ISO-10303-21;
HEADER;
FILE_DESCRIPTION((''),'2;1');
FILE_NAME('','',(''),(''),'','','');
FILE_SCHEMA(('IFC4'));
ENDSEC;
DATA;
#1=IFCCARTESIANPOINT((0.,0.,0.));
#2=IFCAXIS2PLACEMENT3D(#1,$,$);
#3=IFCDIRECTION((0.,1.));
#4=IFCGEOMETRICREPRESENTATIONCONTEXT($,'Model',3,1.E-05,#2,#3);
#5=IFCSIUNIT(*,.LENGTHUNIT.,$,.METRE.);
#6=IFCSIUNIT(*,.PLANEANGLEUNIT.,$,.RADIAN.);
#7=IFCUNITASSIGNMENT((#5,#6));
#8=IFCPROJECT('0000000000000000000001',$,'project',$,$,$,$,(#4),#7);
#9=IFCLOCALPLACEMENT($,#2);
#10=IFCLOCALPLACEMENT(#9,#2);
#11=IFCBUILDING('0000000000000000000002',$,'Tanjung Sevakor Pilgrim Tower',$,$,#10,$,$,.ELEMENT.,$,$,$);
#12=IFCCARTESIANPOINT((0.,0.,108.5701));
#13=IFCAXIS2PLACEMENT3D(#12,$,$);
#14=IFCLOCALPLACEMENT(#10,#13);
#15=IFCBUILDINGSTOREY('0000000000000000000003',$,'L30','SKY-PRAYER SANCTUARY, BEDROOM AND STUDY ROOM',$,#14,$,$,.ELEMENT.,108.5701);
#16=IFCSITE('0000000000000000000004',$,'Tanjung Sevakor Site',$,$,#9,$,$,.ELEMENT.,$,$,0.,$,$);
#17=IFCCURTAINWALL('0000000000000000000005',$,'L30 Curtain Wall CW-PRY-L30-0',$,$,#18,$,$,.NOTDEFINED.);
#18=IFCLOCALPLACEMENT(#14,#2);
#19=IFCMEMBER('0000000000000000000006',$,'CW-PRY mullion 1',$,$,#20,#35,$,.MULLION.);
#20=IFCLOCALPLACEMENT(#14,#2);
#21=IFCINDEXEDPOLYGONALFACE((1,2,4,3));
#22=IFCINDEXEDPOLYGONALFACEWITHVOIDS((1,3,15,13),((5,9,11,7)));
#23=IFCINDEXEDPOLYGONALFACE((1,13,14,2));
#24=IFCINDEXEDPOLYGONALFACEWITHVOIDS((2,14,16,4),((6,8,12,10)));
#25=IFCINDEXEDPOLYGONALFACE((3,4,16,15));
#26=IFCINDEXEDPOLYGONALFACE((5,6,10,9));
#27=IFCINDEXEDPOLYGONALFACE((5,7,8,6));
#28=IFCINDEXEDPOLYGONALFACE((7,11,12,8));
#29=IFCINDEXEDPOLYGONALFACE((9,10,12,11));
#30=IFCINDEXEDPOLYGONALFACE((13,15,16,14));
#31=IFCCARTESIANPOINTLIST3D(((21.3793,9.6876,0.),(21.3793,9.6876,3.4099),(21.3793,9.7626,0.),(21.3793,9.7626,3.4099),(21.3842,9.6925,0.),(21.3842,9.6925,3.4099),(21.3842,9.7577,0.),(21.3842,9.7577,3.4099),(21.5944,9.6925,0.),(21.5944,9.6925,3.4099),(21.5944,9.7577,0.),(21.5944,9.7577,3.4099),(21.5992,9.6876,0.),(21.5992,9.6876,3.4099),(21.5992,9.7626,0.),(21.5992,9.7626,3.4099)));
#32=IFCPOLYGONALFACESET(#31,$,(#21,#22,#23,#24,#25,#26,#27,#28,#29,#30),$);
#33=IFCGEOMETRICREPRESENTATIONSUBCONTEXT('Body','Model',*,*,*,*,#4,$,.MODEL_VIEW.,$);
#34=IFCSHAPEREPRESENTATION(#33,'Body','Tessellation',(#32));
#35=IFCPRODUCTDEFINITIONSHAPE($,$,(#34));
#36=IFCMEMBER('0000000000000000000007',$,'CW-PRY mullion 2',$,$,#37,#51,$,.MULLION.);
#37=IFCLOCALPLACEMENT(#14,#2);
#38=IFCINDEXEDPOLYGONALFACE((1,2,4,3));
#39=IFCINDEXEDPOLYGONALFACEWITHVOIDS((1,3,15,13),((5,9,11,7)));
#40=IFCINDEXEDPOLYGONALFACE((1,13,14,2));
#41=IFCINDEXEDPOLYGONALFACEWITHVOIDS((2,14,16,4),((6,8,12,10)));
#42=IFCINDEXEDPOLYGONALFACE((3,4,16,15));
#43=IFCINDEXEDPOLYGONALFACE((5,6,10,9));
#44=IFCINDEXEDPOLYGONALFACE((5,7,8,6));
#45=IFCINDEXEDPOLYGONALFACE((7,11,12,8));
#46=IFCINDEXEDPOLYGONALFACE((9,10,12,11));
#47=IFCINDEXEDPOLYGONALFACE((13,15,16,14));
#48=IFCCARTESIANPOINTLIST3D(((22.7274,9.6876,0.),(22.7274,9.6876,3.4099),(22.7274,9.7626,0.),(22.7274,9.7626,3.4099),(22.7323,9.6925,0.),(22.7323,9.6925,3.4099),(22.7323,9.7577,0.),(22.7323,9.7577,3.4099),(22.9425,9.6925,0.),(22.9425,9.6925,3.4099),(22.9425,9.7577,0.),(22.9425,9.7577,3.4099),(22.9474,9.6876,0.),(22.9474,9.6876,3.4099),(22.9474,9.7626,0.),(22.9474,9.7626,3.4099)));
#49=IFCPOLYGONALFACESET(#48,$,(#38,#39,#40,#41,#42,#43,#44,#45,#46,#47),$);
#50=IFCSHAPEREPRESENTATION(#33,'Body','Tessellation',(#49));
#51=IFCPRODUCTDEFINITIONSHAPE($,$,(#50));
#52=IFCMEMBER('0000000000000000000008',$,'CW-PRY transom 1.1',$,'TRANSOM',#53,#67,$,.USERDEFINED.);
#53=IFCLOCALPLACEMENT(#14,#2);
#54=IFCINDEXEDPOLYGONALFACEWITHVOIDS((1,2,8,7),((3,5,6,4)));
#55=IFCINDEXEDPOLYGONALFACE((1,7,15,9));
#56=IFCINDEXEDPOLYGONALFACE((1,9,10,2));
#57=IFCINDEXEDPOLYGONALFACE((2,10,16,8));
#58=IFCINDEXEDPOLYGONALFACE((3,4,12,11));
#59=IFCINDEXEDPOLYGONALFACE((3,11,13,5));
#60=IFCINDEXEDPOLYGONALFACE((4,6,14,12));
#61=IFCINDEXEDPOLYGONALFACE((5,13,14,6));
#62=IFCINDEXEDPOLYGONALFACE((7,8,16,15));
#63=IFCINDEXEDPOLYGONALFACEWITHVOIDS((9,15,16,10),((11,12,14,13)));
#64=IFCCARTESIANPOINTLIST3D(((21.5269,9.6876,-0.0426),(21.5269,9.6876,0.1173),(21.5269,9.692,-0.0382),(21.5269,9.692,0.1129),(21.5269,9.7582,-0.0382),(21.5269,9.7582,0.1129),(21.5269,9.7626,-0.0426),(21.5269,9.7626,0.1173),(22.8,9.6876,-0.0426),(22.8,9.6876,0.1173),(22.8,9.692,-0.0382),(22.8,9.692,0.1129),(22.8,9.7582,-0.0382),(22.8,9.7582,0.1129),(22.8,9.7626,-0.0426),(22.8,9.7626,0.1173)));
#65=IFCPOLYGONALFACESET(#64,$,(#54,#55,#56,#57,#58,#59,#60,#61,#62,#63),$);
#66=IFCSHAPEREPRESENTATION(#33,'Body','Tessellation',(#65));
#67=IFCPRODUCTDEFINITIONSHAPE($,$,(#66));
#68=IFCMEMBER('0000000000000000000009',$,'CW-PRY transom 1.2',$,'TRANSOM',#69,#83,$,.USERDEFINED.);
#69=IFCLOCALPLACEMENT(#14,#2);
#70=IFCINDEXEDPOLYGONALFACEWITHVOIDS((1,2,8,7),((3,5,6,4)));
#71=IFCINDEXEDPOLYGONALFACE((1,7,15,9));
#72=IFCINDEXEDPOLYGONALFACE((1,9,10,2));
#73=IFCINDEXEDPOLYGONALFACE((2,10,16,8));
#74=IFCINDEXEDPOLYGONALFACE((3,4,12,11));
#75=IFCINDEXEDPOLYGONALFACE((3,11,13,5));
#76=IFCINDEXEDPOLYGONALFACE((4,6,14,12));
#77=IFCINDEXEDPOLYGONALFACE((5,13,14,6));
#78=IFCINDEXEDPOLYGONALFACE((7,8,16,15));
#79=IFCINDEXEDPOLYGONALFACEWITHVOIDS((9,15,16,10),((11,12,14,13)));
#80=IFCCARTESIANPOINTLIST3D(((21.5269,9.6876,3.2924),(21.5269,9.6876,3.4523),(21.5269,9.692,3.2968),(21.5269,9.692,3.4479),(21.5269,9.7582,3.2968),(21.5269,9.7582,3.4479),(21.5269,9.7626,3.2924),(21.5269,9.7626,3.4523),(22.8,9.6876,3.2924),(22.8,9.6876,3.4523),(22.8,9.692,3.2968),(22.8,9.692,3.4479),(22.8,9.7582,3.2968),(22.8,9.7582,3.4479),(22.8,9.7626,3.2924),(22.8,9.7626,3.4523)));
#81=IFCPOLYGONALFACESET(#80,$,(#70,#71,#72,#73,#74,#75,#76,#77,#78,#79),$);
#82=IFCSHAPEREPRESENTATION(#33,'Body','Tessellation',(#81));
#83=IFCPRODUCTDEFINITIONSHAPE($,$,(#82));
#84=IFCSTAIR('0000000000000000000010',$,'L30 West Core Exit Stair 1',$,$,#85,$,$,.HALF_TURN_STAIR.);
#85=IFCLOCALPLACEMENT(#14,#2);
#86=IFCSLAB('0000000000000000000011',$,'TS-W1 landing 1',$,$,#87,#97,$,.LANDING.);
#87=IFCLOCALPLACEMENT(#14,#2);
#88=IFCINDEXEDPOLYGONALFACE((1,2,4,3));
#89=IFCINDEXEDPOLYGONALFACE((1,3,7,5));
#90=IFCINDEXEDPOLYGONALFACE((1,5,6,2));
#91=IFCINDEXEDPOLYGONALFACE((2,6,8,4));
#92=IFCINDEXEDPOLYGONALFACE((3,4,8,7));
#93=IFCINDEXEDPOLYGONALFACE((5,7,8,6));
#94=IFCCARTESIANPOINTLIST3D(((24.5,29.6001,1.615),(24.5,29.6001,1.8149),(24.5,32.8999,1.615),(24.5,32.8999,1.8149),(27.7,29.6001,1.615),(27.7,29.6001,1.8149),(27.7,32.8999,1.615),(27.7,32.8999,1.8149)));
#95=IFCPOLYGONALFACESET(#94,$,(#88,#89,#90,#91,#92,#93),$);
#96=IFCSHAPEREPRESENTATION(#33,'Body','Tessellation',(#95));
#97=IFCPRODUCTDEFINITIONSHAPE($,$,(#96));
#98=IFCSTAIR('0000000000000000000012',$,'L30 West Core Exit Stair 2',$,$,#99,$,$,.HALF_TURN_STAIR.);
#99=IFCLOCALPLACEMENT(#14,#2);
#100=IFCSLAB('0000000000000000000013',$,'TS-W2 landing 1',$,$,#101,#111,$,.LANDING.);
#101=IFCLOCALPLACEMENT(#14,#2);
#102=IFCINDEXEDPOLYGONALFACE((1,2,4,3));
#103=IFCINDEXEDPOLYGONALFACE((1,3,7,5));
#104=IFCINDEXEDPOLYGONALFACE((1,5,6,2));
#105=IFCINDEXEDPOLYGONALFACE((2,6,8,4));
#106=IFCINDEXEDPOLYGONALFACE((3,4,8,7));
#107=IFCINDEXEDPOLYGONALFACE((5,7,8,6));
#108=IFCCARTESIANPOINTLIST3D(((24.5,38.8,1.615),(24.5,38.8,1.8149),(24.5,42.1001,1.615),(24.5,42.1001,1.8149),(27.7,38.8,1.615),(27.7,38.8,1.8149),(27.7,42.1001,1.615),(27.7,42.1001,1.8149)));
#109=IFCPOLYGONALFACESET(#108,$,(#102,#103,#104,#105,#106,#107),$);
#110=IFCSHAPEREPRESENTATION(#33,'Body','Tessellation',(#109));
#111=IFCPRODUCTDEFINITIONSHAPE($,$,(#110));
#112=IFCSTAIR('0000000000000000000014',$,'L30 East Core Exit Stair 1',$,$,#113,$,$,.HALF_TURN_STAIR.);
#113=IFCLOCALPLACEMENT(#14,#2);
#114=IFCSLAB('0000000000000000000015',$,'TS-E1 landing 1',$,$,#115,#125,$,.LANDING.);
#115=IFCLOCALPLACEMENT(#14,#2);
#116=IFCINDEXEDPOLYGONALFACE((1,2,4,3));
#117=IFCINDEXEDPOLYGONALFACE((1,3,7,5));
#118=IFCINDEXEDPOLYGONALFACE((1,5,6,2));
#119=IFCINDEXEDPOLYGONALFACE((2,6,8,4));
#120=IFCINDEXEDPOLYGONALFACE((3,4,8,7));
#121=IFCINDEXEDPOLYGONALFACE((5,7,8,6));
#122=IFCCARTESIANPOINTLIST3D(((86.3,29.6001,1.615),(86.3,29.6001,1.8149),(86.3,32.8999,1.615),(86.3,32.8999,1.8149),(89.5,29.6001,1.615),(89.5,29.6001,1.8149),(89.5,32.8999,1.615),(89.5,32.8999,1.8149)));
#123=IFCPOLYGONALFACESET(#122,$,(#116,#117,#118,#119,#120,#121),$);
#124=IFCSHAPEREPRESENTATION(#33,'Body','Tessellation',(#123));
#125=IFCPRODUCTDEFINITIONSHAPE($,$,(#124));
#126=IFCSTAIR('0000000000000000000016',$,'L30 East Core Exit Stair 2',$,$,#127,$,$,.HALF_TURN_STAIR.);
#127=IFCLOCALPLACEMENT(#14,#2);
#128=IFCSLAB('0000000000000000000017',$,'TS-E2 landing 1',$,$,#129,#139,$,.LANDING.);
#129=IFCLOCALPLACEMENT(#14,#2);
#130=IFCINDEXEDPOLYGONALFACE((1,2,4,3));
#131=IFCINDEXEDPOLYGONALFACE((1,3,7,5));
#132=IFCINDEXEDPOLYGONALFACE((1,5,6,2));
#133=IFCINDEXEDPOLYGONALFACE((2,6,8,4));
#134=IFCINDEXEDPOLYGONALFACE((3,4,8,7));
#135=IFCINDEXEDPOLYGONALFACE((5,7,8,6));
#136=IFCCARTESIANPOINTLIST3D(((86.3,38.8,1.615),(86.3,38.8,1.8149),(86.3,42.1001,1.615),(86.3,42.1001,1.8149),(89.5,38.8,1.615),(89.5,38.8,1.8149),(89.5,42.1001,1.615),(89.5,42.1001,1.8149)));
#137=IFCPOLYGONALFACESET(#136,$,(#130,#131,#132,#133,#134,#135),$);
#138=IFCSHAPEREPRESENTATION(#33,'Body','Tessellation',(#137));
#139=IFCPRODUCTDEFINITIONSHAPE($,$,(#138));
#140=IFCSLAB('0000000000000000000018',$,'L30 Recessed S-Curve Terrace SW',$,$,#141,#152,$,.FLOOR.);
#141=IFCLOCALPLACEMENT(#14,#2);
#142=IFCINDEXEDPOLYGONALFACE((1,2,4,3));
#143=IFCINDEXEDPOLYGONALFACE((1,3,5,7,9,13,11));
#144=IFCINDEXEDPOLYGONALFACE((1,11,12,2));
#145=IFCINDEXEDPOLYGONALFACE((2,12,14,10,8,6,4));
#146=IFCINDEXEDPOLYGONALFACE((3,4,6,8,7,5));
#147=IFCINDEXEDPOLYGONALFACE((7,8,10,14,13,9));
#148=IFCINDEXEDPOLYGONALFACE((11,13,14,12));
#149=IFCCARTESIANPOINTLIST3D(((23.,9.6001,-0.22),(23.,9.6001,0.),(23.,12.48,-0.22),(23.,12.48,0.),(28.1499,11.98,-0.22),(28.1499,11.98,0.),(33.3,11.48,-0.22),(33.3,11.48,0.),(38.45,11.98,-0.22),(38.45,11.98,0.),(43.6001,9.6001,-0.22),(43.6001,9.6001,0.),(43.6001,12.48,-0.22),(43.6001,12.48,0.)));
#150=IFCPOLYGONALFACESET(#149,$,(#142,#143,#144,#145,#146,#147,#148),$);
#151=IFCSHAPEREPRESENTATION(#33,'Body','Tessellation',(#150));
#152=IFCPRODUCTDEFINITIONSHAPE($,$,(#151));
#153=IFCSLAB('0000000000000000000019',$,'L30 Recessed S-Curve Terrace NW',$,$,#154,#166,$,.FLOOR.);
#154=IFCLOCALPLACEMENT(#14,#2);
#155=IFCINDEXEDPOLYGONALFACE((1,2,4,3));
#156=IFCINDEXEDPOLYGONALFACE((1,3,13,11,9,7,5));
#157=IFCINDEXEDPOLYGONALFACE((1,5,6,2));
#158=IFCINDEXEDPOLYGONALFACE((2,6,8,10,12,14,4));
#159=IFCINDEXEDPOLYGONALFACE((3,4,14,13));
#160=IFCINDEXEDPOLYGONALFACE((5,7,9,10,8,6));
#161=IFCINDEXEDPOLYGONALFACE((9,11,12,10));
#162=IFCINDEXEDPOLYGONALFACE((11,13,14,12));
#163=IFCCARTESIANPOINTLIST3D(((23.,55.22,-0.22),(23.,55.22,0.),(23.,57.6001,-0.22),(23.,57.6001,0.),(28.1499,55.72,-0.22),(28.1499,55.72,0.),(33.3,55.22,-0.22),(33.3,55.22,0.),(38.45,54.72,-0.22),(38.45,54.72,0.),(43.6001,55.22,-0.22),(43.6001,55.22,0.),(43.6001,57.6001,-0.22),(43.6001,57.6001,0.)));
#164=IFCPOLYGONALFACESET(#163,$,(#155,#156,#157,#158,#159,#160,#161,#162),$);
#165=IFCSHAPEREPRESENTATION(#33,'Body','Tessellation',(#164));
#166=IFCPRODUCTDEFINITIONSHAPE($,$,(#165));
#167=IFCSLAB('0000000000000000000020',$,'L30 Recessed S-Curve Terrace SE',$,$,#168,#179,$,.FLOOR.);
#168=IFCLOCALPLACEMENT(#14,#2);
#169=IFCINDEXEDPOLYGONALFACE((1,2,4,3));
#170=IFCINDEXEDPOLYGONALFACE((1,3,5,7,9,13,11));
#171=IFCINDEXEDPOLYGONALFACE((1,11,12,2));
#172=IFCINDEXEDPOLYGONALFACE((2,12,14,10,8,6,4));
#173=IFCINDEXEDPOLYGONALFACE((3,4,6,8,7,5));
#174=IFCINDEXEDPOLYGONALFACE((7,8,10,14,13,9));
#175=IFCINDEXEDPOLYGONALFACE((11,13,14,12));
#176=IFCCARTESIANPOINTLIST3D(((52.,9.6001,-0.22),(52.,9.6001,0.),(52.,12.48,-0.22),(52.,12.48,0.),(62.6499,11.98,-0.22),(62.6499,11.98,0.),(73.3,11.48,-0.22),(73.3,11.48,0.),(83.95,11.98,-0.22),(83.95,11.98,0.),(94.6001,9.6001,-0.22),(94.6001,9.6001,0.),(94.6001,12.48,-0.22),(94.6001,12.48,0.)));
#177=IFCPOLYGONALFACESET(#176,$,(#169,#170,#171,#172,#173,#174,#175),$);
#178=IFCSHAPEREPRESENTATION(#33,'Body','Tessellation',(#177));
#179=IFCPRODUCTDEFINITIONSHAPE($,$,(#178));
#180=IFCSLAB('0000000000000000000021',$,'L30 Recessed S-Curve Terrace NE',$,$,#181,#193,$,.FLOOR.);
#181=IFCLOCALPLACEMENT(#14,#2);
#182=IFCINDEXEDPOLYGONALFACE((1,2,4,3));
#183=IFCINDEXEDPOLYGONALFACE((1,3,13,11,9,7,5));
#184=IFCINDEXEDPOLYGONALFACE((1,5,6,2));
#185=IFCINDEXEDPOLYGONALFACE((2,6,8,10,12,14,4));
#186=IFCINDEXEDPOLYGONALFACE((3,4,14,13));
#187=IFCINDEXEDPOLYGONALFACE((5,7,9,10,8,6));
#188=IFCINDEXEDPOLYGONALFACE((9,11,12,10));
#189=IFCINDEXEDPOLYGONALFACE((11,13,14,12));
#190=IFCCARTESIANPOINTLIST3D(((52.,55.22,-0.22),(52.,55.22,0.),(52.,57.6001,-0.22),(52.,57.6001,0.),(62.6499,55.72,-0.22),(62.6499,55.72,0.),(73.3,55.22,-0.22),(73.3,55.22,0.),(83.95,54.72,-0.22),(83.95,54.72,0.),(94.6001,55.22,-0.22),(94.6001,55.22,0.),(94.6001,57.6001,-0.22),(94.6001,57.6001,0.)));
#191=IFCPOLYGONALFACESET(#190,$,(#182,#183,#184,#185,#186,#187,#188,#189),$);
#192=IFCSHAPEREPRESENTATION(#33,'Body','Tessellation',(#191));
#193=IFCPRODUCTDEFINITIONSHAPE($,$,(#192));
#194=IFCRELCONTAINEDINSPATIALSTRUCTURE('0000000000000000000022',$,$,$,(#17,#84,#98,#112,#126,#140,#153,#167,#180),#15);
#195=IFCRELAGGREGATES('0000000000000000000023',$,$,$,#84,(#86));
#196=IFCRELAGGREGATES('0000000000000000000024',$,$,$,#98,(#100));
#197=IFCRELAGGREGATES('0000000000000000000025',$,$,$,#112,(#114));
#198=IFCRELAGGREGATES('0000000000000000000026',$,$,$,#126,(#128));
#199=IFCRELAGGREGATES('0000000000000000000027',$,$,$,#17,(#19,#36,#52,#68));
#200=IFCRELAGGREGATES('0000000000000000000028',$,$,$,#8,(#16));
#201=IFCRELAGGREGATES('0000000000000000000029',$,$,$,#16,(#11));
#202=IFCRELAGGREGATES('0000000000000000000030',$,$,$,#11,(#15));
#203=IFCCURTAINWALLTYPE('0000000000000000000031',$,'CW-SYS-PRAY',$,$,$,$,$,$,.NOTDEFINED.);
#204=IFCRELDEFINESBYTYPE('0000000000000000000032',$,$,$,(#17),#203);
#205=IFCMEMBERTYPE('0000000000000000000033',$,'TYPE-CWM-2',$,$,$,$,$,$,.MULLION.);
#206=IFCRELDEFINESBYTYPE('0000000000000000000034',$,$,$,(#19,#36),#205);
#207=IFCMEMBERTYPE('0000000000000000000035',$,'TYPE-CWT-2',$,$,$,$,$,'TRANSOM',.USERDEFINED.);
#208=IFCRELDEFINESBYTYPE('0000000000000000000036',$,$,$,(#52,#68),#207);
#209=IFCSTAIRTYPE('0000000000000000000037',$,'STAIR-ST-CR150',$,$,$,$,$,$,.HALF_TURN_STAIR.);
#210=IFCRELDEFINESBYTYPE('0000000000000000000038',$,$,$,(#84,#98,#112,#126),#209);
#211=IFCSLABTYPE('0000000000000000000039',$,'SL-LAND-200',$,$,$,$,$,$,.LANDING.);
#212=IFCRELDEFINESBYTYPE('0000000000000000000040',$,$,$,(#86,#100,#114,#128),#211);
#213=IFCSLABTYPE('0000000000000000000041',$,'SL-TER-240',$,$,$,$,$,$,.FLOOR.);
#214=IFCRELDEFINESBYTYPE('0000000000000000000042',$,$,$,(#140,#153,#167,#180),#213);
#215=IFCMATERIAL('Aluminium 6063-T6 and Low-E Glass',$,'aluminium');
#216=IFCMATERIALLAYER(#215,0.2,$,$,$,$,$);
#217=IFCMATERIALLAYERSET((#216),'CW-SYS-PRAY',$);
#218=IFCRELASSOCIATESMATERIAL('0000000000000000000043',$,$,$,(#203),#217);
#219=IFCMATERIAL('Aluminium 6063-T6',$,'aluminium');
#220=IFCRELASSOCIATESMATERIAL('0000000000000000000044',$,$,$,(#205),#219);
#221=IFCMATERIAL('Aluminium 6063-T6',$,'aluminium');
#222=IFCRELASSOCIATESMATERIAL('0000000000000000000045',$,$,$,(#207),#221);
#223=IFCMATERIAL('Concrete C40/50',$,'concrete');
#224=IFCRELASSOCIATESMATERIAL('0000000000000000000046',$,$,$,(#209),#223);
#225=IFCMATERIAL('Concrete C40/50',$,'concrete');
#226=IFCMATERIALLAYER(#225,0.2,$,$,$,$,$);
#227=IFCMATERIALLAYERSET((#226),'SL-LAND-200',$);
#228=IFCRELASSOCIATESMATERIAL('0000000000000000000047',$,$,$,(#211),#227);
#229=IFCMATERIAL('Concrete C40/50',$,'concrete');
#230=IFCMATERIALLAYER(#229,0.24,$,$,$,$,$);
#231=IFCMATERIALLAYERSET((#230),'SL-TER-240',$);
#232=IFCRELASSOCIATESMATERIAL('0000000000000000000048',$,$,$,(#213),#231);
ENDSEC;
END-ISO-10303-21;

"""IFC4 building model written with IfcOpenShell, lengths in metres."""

from ifc_helpers import new_model, si_unit, direction, frame, origin, origin_2d, place, context, subcontext, project, spatial, polyline, hollow_rectangle, outline, extrude, material, layer, layer_set, material_profile, profile_set, type_object, element, aggregate, save


model = new_model("IFC4")

# Units and contexts
model_context = context("Model", 3, precision=1e-05, world=origin(), true_north=direction((0.0, 1.0)))
body_context = subcontext(model_context, "Body", "Model", "MODEL_VIEW")
ifc_project = project(units=[si_unit("LENGTHUNIT", "METRE"), si_unit("PLANEANGLEUNIT", "RADIAN")], contexts=[model_context])

# Site, building, storey
site_placement = place(None, origin())
site = spatial("IfcSite", under=ifc_project, at=site_placement, Name="Tanjung Sevakor Site", CompositionType="ELEMENT", RefElevation=0.0)
building_placement = place(site_placement, origin())
building = spatial("IfcBuilding", under=site, at=building_placement, Name="Tanjung Sevakor Pilgrim Tower", CompositionType="ELEMENT")
storey_placement = place(building_placement, frame((0.0, 0.0, 108.5701)))
storey = spatial("IfcBuildingStorey", under=building, at=storey_placement, Name="L30", Description="SKY-PRAYER SANCTUARY, BEDROOM AND STUDY ROOM", CompositionType="ELEMENT", Elevation=108.5701)

# Curtain wall, members
ifc_material_1 = material(Name="Aluminium 6063-T6 and Low-E Glass", Category="aluminium")
ifc_layer_1 = layer(ifc_material_1, 0.2)
ifc_layer_set_1 = layer_set([ifc_layer_1], Name="CW-SYS-PRAY")
curtain_wall_type = type_object("IfcCurtainWallType", Name="CW-SYS-PRAY", PredefinedType="NOTDEFINED", material=ifc_layer_set_1)
curtain_wall_placement = place(storey_placement, origin())
curtain_wall = element("IfcCurtainWall", 1, at=curtain_wall_placement, inside=storey, type_object=curtain_wall_type, Name="L30 Curtain Wall CW-PRY-L30-0", PredefinedType="NOTDEFINED")
ifc_material_2 = material(Name="Aluminium 6063-T6", Category="aluminium")
ifc_material_profile_1 = material_profile(ifc_material_2, hollow_rectangle(XDim=0.075, YDim=0.22, WallThickness=0.0049, at=origin_2d()))
ifc_profile_set_1 = profile_set([ifc_material_profile_1], Name="Aluminium 6063-T6")
member_type_1 = type_object("IfcMemberType", Name="TYPE-CWM-2", PredefinedType="MULLION", material=ifc_profile_set_1)
member_1_placement = place(storey_placement, frame((21.4893, 9.7251, 0.0), z_axis=(0.0, 0.0, 1.0), x_axis=(0.0, 1.0, 0.0)))
member_1 = element("IfcMember", 2, at=member_1_placement, type_object=member_type_1, Name="CW-PRY mullion 1", PredefinedType="MULLION", context=body_context, shape_type="SweptSolid", body=[
    extrude(hollow_rectangle(XDim=0.075, YDim=0.22, WallThickness=0.0049, at=origin_2d()), origin(), (0.0, 0.0, 1.0), 3.4099),
])
member_2_placement = place(storey_placement, frame((22.8374, 9.7251, 0.0), z_axis=(0.0, 0.0, 1.0), x_axis=(0.0, 1.0, 0.0)))
member_2 = element("IfcMember", 3, at=member_2_placement, type_object=member_type_1, Name="CW-PRY mullion 2", PredefinedType="MULLION", context=body_context, shape_type="SweptSolid", body=[
    extrude(hollow_rectangle(XDim=0.075, YDim=0.22, WallThickness=0.0049, at=origin_2d()), origin(), (0.0, 0.0, 1.0), 3.4099),
])
ifc_material_3 = material(Name="Aluminium 6063-T6", Category="aluminium")
ifc_material_profile_2 = material_profile(ifc_material_3, hollow_rectangle(XDim=0.075, YDim=0.1599, WallThickness=0.0044, at=origin_2d()))
ifc_profile_set_2 = profile_set([ifc_material_profile_2], Name="Aluminium 6063-T6")
member_type_2 = type_object("IfcMemberType", Name="TYPE-CWT-2", ElementType="TRANSOM", PredefinedType="USERDEFINED", material=ifc_profile_set_2)
member_3_placement = place(storey_placement, frame((21.5269, 9.7251, 0.0374), z_axis=(1.0, 0.0, 0.0), x_axis=(0.0, 1.0, 0.0)))
member_3 = element("IfcMember", 4, at=member_3_placement, type_object=member_type_2, Name="CW-PRY transom 1.1", ObjectType="TRANSOM", PredefinedType="USERDEFINED", context=body_context, shape_type="SweptSolid", body=[
    extrude(hollow_rectangle(XDim=0.075, YDim=0.1599, WallThickness=0.0044, at=origin_2d()), origin(), (0.0, 0.0, 1.0), 1.2732),
])
member_4_placement = place(storey_placement, frame((21.5269, 9.7251, 3.3723), z_axis=(1.0, 0.0, 0.0), x_axis=(0.0, 1.0, 0.0)))
member_4 = element("IfcMember", 5, at=member_4_placement, type_object=member_type_2, Name="CW-PRY transom 1.2", ObjectType="TRANSOM", PredefinedType="USERDEFINED", context=body_context, shape_type="SweptSolid", body=[
    extrude(hollow_rectangle(XDim=0.075, YDim=0.1599, WallThickness=0.0044, at=origin_2d()), origin(), (0.0, 0.0, 1.0), 1.2732),
])

# Stairs, slabs
ifc_material_4 = material(Name="Concrete C40/50", Category="concrete")
stair_type = type_object("IfcStairType", Name="STAIR-ST-CR150", PredefinedType="HALF_TURN_STAIR", material=ifc_material_4)
stair_1_placement = place(storey_placement, origin())
stair_1 = element("IfcStair", 6, at=stair_1_placement, inside=storey, type_object=stair_type, Name="L30 West Core Exit Stair 1", PredefinedType="HALF_TURN_STAIR")
ifc_material_5 = material(Name="Concrete C40/50", Category="concrete")
ifc_layer_2 = layer(ifc_material_5, 0.2)
ifc_layer_set_2 = layer_set([ifc_layer_2], Name="SL-LAND-200")
slab_type_1 = type_object("IfcSlabType", Name="SL-LAND-200", PredefinedType="LANDING", material=ifc_layer_set_2)
slab_1_placement = place(storey_placement, frame((0.0, 0.0, 1.615)))
slab_1 = element("IfcSlab", 7, at=slab_1_placement, type_object=slab_type_1, Name="TS-W1 landing 1", PredefinedType="LANDING", context=body_context, shape_type="SweptSolid", body=[
    extrude(outline(polyline([(27.7, 29.6001), (27.7, 32.8999), (24.5, 32.8999), (24.5, 29.6001), (27.7, 29.6001)])), origin(), (0.0, 0.0, 1.0), 0.2),
])
aggregate(stair_1, [slab_1])
stair_2_placement = place(storey_placement, origin())
stair_2 = element("IfcStair", 8, at=stair_2_placement, inside=storey, type_object=stair_type, Name="L30 West Core Exit Stair 2", PredefinedType="HALF_TURN_STAIR")
slab_2_placement = place(storey_placement, frame((0.0, 0.0, 1.615)))
slab_2 = element("IfcSlab", 9, at=slab_2_placement, type_object=slab_type_1, Name="TS-W2 landing 1", PredefinedType="LANDING", context=body_context, shape_type="SweptSolid", body=[
    extrude(outline(polyline([(27.7, 38.8), (27.7, 42.1001), (24.5, 42.1001), (24.5, 38.8), (27.7, 38.8)])), origin(), (0.0, 0.0, 1.0), 0.2),
])
aggregate(stair_2, [slab_2])
stair_3_placement = place(storey_placement, origin())
stair_3 = element("IfcStair", 10, at=stair_3_placement, inside=storey, type_object=stair_type, Name="L30 East Core Exit Stair 1", PredefinedType="HALF_TURN_STAIR")
slab_3_placement = place(storey_placement, frame((0.0, 0.0, 1.615)))
slab_3 = element("IfcSlab", 11, at=slab_3_placement, type_object=slab_type_1, Name="TS-E1 landing 1", PredefinedType="LANDING", context=body_context, shape_type="SweptSolid", body=[
    extrude(outline(polyline([(89.5, 29.6001), (89.5, 32.8999), (86.3, 32.8999), (86.3, 29.6001), (89.5, 29.6001)])), origin(), (0.0, 0.0, 1.0), 0.2),
])
aggregate(stair_3, [slab_3])
stair_4_placement = place(storey_placement, origin())
stair_4 = element("IfcStair", 12, at=stair_4_placement, inside=storey, type_object=stair_type, Name="L30 East Core Exit Stair 2", PredefinedType="HALF_TURN_STAIR")
slab_4_placement = place(storey_placement, frame((0.0, 0.0, 1.615)))
slab_4 = element("IfcSlab", 13, at=slab_4_placement, type_object=slab_type_1, Name="TS-E2 landing 1", PredefinedType="LANDING", context=body_context, shape_type="SweptSolid", body=[
    extrude(outline(polyline([(89.5, 38.8), (89.5, 42.1001), (86.3, 42.1001), (86.3, 38.8), (89.5, 38.8)])), origin(), (0.0, 0.0, 1.0), 0.2),
])
aggregate(stair_4, [slab_4])

# Slabs
ifc_material_6 = material(Name="Concrete C40/50", Category="concrete")
ifc_layer_3 = layer(ifc_material_6, 0.24)
ifc_layer_set_3 = layer_set([ifc_layer_3], Name="SL-TER-240")
slab_type_2 = type_object("IfcSlabType", Name="SL-TER-240", PredefinedType="FLOOR", material=ifc_layer_set_3)
slab_5_placement = place(storey_placement, frame((0.0, 0.0, -0.22)))
element("IfcSlab", 14, at=slab_5_placement, inside=storey, type_object=slab_type_2, Name="L30 Recessed S-Curve Terrace SW", PredefinedType="FLOOR", context=body_context, shape_type="SweptSolid", body=[
    extrude(outline(polyline([(23.0, 9.6001), (43.6001, 9.6001), (43.6001, 12.48), (38.45, 11.98), (33.3, 11.48), (28.1499, 11.98), (23.0, 12.48), (23.0, 9.6001)])), origin(), (0.0, 0.0, 1.0), 0.22),
])
slab_6_placement = place(storey_placement, frame((0.0, 0.0, -0.22)))
element("IfcSlab", 15, at=slab_6_placement, inside=storey, type_object=slab_type_2, Name="L30 Recessed S-Curve Terrace NW", PredefinedType="FLOOR", context=body_context, shape_type="SweptSolid", body=[
    extrude(outline(polyline([(23.0, 55.22), (28.1499, 55.72), (33.3, 55.22), (38.45, 54.72), (43.6001, 55.22), (43.6001, 57.6001), (23.0, 57.6001), (23.0, 55.22)])), origin(), (0.0, 0.0, 1.0), 0.22),
])
slab_7_placement = place(storey_placement, frame((0.0, 0.0, -0.22)))
element("IfcSlab", 16, at=slab_7_placement, inside=storey, type_object=slab_type_2, Name="L30 Recessed S-Curve Terrace SE", PredefinedType="FLOOR", context=body_context, shape_type="SweptSolid", body=[
    extrude(outline(polyline([(52.0, 9.6001), (94.6001, 9.6001), (94.6001, 12.48), (83.95, 11.98), (73.3, 11.48), (62.6499, 11.98), (52.0, 12.48), (52.0, 9.6001)])), origin(), (0.0, 0.0, 1.0), 0.22),
])
slab_8_placement = place(storey_placement, frame((0.0, 0.0, -0.22)))
element("IfcSlab", 17, at=slab_8_placement, inside=storey, type_object=slab_type_2, Name="L30 Recessed S-Curve Terrace NE", PredefinedType="FLOOR", context=body_context, shape_type="SweptSolid", body=[
    extrude(outline(polyline([(52.0, 55.22), (62.6499, 55.72), (73.3, 55.22), (83.95, 54.72), (94.6001, 55.22), (94.6001, 57.6001), (52.0, 57.6001), (52.0, 55.22)])), origin(), (0.0, 0.0, 1.0), 0.22),
])

aggregate(curtain_wall, [member_1, member_2, member_3, member_4])

save(model, "model.ifc")
